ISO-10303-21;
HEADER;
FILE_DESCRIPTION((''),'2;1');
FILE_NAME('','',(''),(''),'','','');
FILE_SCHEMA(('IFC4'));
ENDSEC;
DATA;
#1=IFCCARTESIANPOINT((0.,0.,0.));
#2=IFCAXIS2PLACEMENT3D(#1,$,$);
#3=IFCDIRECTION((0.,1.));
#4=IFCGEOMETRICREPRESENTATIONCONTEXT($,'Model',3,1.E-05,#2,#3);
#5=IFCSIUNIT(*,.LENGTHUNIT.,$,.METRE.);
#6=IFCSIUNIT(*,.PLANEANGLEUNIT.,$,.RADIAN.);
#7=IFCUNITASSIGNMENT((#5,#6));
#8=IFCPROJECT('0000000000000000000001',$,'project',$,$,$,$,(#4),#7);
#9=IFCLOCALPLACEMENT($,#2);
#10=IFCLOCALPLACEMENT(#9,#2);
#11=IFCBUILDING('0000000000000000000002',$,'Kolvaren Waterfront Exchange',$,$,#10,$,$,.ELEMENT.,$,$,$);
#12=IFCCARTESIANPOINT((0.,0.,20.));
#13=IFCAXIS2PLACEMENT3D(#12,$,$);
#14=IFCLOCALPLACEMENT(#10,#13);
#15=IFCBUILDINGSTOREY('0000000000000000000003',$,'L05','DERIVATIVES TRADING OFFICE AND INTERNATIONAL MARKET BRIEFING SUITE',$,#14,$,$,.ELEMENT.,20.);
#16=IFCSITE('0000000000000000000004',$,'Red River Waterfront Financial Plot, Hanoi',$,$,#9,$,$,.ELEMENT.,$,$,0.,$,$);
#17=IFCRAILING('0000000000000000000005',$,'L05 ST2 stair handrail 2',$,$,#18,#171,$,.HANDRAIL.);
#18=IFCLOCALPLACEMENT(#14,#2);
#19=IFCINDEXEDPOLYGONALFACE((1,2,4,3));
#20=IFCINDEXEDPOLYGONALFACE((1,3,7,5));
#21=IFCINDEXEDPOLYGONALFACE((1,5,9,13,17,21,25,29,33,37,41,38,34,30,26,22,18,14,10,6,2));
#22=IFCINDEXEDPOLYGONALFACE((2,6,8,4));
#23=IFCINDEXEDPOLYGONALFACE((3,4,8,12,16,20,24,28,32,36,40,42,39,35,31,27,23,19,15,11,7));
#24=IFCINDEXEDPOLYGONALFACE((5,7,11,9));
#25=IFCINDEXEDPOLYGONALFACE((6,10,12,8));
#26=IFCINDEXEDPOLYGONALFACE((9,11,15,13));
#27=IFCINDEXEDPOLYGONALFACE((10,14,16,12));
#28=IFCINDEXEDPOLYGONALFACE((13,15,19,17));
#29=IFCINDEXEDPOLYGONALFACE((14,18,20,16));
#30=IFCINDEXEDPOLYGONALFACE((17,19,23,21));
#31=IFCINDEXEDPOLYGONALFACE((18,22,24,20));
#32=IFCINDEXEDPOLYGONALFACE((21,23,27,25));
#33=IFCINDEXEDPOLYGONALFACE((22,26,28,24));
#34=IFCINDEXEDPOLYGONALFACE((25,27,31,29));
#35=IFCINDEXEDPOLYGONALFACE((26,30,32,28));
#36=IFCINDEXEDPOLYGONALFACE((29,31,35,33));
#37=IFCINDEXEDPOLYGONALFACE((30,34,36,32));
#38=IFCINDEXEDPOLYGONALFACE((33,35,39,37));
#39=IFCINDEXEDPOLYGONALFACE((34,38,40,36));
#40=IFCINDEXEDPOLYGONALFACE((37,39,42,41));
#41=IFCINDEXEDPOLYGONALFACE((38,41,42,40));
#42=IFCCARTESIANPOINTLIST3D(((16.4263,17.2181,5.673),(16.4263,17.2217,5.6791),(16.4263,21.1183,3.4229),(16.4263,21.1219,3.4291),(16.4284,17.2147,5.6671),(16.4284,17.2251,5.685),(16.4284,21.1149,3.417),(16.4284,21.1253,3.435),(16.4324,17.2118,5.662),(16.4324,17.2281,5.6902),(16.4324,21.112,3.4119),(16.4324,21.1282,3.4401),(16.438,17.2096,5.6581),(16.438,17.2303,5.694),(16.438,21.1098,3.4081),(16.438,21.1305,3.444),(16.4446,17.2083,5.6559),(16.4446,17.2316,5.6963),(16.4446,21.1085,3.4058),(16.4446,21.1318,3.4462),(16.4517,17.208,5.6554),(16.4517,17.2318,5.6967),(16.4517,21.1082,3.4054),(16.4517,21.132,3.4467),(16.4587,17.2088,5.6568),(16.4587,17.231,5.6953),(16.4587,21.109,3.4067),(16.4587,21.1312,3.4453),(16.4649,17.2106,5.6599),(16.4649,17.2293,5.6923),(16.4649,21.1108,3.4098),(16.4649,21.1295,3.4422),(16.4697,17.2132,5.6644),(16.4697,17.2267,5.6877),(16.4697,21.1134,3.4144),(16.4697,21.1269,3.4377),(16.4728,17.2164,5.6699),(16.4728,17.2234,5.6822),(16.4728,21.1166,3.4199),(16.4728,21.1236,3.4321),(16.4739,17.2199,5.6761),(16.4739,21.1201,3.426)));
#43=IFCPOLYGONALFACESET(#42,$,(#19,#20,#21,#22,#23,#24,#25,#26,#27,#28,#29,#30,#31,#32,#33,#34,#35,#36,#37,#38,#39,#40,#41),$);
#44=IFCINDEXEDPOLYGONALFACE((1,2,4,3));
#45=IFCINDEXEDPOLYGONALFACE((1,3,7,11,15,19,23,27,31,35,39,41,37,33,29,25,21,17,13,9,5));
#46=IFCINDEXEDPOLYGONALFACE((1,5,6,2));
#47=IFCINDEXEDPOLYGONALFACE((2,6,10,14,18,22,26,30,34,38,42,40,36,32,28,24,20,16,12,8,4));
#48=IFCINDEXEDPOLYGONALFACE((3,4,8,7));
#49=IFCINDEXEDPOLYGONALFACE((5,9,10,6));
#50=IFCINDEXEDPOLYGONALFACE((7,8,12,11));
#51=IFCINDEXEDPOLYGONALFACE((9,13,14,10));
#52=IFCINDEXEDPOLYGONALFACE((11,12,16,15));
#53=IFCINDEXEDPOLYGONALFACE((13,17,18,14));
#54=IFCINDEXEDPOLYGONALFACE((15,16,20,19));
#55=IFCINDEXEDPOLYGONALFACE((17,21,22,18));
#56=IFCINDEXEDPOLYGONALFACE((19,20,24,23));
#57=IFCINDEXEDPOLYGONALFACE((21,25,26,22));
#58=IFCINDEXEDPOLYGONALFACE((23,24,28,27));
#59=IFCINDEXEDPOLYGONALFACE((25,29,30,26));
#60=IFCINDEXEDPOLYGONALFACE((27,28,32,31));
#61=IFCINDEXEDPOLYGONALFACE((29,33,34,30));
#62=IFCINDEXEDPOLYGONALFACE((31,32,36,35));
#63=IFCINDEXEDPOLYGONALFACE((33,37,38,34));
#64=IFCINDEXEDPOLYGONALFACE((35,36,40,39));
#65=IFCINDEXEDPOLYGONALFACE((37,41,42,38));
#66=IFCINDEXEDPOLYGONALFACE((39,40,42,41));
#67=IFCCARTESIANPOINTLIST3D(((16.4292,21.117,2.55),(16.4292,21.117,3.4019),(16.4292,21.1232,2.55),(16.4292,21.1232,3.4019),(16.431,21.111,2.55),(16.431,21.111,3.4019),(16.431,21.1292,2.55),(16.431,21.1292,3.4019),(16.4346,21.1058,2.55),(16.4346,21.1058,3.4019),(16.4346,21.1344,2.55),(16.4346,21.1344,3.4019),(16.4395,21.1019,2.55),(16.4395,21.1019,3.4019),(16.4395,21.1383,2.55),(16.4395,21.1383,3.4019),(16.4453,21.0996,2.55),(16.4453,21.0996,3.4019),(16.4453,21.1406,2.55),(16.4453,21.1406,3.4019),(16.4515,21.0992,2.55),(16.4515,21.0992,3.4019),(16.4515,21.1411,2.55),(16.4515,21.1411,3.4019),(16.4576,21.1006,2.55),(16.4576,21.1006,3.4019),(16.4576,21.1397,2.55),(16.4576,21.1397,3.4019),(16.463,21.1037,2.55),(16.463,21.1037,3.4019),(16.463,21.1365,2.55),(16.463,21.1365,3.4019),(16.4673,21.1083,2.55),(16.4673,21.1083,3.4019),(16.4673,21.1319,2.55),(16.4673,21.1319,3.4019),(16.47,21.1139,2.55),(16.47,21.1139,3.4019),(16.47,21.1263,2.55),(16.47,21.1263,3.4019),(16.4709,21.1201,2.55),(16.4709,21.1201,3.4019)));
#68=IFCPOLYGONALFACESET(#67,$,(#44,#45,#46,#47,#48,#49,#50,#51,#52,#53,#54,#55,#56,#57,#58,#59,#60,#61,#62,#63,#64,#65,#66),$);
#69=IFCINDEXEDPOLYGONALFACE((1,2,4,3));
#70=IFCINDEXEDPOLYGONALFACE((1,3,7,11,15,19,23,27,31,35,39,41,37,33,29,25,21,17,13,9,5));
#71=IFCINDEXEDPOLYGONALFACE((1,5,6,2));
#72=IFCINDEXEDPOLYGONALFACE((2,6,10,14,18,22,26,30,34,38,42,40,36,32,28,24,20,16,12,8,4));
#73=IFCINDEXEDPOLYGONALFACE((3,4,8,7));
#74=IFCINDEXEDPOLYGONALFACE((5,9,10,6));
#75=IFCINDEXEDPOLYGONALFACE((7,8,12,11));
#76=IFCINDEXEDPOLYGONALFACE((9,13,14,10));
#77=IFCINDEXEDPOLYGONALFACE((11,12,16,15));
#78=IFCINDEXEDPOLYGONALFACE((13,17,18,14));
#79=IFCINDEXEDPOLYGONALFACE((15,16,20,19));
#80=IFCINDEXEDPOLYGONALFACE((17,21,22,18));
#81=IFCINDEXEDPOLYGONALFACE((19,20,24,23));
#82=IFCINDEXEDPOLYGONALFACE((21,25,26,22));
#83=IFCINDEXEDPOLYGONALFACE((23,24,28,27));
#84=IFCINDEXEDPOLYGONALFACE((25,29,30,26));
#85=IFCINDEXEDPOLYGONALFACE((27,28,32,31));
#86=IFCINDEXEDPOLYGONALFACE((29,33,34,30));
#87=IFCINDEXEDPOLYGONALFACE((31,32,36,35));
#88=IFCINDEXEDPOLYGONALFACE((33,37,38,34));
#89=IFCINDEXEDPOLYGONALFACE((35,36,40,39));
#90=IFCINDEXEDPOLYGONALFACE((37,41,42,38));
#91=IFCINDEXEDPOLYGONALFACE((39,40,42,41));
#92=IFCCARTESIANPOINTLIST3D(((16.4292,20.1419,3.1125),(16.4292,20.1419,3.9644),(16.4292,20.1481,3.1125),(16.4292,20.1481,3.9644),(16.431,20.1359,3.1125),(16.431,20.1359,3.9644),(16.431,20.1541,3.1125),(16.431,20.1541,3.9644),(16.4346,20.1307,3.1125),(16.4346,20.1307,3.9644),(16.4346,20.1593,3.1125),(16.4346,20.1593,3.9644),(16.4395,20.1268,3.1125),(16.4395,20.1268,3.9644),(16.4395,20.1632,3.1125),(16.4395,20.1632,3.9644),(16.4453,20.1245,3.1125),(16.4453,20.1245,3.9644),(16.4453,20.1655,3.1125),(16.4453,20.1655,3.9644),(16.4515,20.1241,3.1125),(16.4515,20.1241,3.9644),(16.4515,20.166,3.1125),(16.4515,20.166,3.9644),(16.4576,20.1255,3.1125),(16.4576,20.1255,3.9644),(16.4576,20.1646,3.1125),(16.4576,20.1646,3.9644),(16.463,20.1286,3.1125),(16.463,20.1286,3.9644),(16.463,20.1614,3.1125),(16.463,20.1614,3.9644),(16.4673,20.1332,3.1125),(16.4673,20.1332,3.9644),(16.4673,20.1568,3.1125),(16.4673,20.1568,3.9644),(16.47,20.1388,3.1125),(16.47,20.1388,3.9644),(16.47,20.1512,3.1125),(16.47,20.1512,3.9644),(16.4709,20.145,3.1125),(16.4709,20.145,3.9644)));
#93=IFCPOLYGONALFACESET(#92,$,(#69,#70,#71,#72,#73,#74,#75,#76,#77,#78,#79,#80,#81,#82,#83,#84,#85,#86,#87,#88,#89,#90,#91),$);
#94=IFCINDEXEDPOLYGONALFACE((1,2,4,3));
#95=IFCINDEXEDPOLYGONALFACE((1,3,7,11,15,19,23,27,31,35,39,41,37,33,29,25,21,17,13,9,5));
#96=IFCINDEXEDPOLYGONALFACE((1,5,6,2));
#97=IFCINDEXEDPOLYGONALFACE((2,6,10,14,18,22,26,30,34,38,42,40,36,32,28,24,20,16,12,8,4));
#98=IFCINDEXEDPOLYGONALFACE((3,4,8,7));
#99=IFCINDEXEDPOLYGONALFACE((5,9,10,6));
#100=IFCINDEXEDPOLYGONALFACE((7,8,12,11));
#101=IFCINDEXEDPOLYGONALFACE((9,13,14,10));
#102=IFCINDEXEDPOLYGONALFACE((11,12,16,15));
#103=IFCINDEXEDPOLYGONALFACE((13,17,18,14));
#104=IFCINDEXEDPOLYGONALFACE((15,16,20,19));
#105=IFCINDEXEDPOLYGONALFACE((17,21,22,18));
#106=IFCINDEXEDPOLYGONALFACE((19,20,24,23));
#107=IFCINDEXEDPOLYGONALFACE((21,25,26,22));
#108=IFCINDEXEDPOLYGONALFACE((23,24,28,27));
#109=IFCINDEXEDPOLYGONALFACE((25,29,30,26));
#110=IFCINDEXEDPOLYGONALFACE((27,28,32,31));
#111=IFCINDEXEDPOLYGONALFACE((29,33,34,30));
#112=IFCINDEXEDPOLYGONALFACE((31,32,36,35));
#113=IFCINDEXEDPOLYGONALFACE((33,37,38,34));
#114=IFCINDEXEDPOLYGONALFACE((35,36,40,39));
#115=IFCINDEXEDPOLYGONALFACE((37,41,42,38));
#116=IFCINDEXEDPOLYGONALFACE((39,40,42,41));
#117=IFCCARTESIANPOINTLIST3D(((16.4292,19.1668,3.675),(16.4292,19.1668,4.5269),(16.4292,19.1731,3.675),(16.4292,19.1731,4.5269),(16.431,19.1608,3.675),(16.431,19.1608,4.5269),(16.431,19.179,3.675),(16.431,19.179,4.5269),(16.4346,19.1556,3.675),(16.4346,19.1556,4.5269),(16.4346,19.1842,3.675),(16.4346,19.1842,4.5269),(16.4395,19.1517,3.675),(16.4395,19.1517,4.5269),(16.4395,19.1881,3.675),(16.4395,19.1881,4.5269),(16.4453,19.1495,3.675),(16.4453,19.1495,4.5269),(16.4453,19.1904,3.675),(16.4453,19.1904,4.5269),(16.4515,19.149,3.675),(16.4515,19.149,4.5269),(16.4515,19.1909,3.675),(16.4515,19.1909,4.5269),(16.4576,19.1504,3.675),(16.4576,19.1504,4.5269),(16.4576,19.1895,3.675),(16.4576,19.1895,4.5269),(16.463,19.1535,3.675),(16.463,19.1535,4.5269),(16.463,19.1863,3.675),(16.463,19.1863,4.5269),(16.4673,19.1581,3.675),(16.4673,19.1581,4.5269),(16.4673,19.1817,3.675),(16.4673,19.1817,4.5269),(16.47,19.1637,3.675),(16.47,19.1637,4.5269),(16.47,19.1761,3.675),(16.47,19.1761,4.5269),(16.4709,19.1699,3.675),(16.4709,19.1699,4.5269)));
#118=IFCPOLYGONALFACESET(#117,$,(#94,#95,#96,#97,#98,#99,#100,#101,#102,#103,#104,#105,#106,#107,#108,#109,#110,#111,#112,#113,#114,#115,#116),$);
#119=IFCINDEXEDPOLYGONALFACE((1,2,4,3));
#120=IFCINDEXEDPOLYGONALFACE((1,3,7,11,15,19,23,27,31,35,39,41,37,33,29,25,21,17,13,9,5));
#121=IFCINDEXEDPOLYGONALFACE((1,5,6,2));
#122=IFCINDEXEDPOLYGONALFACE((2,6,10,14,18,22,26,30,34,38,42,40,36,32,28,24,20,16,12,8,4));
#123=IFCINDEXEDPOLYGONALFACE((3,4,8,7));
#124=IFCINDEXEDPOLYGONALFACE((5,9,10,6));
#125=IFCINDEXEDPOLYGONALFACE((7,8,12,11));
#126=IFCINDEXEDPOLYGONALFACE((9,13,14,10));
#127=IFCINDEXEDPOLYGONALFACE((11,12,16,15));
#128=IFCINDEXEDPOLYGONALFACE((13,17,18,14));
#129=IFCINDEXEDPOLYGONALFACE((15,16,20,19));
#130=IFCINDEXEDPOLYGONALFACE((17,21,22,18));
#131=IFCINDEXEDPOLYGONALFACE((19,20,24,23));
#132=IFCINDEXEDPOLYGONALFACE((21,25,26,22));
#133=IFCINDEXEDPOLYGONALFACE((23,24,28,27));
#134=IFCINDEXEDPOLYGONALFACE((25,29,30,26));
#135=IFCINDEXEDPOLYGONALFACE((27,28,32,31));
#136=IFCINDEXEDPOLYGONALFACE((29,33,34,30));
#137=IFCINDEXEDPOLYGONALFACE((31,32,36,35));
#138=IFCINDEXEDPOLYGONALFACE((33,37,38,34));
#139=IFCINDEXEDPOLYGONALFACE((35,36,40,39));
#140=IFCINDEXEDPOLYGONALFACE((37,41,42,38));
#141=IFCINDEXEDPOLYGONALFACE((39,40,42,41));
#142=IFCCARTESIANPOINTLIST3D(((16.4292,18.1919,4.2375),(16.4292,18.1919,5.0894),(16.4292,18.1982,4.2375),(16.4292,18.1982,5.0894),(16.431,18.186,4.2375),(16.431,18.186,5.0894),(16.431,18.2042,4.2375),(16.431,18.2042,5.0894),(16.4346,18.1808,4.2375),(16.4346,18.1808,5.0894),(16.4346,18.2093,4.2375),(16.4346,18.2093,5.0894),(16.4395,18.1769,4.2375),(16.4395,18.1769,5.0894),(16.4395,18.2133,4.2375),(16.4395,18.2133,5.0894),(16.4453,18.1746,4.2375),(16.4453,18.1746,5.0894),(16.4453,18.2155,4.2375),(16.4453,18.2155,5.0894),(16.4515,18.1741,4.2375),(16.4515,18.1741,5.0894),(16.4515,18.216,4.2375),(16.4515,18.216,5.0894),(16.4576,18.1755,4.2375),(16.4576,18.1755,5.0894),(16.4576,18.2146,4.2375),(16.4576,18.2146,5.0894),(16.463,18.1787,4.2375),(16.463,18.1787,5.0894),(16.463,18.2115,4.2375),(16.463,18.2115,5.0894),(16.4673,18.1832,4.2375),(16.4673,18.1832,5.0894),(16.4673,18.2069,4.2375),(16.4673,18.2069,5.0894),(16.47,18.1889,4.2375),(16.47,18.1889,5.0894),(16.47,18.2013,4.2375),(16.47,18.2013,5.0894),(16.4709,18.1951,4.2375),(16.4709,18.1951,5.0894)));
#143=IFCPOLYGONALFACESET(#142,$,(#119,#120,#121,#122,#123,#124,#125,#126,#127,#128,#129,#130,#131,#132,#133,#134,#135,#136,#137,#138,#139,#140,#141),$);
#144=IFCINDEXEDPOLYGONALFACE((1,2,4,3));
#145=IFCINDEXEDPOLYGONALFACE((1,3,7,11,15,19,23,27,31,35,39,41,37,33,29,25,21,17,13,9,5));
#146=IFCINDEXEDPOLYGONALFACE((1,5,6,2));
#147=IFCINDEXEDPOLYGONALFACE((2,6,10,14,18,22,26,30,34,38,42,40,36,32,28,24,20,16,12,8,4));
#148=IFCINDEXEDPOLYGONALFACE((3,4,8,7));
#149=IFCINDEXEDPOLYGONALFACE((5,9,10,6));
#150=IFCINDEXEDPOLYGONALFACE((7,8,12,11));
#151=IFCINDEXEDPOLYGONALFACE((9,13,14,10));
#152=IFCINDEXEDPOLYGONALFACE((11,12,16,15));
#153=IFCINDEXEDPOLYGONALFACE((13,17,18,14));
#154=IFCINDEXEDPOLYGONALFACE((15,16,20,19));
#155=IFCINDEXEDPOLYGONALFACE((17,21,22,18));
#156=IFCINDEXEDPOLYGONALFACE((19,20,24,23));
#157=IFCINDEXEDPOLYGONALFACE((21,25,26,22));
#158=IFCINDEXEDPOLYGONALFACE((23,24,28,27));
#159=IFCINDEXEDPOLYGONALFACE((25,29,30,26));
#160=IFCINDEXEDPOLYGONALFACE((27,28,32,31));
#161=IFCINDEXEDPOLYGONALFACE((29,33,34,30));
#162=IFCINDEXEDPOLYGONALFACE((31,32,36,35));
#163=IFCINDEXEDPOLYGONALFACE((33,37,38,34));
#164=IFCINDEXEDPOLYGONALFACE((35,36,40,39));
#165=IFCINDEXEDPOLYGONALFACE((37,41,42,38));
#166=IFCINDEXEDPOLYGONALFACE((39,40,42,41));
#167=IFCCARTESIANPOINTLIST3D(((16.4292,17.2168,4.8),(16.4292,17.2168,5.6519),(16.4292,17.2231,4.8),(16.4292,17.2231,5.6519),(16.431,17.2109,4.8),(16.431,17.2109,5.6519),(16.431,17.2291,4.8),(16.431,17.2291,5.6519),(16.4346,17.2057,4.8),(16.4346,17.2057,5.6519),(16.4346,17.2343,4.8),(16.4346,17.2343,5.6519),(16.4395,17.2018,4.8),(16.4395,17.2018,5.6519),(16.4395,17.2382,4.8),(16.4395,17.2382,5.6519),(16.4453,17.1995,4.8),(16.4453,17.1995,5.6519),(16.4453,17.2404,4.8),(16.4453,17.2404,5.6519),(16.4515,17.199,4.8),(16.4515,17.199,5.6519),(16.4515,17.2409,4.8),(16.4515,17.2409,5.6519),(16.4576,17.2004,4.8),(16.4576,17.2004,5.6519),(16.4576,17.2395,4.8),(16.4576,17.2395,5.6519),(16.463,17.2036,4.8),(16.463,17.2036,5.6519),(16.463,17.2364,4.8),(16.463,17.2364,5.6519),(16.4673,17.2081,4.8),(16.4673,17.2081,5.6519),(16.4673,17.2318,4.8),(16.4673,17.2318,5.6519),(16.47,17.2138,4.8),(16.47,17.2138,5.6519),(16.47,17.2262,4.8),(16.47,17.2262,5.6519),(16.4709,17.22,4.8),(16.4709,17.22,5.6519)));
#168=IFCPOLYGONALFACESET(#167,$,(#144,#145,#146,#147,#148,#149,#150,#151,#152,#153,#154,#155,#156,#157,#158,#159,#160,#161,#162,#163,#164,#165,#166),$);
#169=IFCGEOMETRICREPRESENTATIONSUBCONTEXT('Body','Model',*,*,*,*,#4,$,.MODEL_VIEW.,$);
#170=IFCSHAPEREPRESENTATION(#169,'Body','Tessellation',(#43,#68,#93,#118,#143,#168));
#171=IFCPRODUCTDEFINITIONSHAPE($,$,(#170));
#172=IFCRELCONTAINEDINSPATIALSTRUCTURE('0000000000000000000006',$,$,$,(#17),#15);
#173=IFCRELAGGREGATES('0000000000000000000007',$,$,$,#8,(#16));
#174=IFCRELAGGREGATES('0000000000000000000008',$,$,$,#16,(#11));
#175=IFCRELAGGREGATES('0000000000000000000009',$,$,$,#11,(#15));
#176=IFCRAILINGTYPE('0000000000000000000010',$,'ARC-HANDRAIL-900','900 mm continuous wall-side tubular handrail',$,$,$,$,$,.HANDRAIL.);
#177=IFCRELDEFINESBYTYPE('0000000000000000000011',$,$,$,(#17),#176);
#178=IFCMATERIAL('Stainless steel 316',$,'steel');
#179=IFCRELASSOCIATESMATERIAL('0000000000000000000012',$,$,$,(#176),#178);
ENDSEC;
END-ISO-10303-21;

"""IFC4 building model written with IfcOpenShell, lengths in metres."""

from ifc_helpers import new_model, si_unit, direction, frame, origin, origin_2d, place, context, subcontext, project, spatial, circle, extrude, material, type_object, element, save


model = new_model("IFC4")

# Units and contexts
model_context = context("Model", 3, precision=1e-05, world=origin(), true_north=direction((0.0, 1.0)))
body_context = subcontext(model_context, "Body", "Model", "MODEL_VIEW")
ifc_project = project(units=[si_unit("LENGTHUNIT", "METRE"), si_unit("PLANEANGLEUNIT", "RADIAN")], contexts=[model_context])

# Site, building, storey
site_placement = place(None, origin())
site = spatial("IfcSite", under=ifc_project, at=site_placement, Name="Red River Waterfront Financial Plot, Hanoi", CompositionType="ELEMENT", RefElevation=0.0)
building_placement = place(site_placement, origin())
building = spatial("IfcBuilding", under=site, at=building_placement, Name="Kolvaren Waterfront Exchange", CompositionType="ELEMENT")
storey_placement = place(building_placement, frame((0.0, 0.0, 20.0)))
storey = spatial("IfcBuildingStorey", under=building, at=storey_placement, Name="L05", Description="DERIVATIVES TRADING OFFICE AND INTERNATIONAL MARKET BRIEFING SUITE", CompositionType="ELEMENT", Elevation=20.0)

# Railing
ifc_material_1 = material(Name="Stainless steel 316", Category="steel")
railing_type_1 = type_object("IfcRailingType", Name="ARC-HANDRAIL-900", Description="900 mm continuous wall-side tubular handrail", PredefinedType="HANDRAIL", material=ifc_material_1)
railing_1_placement = place(storey_placement, frame((16.45, 21.1201, 2.55)))
element("IfcRailing", 1, at=railing_1_placement, inside=storey, type_object=railing_type_1, Name="L05 ST2 stair handrail 2", PredefinedType="HANDRAIL", context=body_context, shape_type="SweptSolid", body=[
    extrude(circle(Radius=0.0239, at=origin_2d()), frame((0.0, 0.0, 0.876), z_axis=(0.0, -0.866194, 0.499708), x_axis=(1.0, 0.0, 0.0)), (0.0, 0.0, 1.0), 4.5027),
    extrude(circle(Radius=0.021, at=origin_2d()), origin(), (0.0, 0.0, 1.0), 0.8518),
    extrude(circle(Radius=0.021, at=origin_2d()), frame((0.0, -0.9751, 0.5625)), (0.0, 0.0, 1.0), 0.8518),
    extrude(circle(Radius=0.021, at=origin_2d()), frame((0.0, -1.9502, 1.125)), (0.0, 0.0, 1.0), 0.8518),
    extrude(circle(Radius=0.021, at=origin_2d()), frame((0.0, -2.925, 1.6875)), (0.0, 0.0, 1.0), 0.8518),
    extrude(circle(Radius=0.021, at=origin_2d()), frame((0.0, -3.9001, 2.25)), (0.0, 0.0, 1.0), 0.8518),
])

save(model, "model.ifc")
